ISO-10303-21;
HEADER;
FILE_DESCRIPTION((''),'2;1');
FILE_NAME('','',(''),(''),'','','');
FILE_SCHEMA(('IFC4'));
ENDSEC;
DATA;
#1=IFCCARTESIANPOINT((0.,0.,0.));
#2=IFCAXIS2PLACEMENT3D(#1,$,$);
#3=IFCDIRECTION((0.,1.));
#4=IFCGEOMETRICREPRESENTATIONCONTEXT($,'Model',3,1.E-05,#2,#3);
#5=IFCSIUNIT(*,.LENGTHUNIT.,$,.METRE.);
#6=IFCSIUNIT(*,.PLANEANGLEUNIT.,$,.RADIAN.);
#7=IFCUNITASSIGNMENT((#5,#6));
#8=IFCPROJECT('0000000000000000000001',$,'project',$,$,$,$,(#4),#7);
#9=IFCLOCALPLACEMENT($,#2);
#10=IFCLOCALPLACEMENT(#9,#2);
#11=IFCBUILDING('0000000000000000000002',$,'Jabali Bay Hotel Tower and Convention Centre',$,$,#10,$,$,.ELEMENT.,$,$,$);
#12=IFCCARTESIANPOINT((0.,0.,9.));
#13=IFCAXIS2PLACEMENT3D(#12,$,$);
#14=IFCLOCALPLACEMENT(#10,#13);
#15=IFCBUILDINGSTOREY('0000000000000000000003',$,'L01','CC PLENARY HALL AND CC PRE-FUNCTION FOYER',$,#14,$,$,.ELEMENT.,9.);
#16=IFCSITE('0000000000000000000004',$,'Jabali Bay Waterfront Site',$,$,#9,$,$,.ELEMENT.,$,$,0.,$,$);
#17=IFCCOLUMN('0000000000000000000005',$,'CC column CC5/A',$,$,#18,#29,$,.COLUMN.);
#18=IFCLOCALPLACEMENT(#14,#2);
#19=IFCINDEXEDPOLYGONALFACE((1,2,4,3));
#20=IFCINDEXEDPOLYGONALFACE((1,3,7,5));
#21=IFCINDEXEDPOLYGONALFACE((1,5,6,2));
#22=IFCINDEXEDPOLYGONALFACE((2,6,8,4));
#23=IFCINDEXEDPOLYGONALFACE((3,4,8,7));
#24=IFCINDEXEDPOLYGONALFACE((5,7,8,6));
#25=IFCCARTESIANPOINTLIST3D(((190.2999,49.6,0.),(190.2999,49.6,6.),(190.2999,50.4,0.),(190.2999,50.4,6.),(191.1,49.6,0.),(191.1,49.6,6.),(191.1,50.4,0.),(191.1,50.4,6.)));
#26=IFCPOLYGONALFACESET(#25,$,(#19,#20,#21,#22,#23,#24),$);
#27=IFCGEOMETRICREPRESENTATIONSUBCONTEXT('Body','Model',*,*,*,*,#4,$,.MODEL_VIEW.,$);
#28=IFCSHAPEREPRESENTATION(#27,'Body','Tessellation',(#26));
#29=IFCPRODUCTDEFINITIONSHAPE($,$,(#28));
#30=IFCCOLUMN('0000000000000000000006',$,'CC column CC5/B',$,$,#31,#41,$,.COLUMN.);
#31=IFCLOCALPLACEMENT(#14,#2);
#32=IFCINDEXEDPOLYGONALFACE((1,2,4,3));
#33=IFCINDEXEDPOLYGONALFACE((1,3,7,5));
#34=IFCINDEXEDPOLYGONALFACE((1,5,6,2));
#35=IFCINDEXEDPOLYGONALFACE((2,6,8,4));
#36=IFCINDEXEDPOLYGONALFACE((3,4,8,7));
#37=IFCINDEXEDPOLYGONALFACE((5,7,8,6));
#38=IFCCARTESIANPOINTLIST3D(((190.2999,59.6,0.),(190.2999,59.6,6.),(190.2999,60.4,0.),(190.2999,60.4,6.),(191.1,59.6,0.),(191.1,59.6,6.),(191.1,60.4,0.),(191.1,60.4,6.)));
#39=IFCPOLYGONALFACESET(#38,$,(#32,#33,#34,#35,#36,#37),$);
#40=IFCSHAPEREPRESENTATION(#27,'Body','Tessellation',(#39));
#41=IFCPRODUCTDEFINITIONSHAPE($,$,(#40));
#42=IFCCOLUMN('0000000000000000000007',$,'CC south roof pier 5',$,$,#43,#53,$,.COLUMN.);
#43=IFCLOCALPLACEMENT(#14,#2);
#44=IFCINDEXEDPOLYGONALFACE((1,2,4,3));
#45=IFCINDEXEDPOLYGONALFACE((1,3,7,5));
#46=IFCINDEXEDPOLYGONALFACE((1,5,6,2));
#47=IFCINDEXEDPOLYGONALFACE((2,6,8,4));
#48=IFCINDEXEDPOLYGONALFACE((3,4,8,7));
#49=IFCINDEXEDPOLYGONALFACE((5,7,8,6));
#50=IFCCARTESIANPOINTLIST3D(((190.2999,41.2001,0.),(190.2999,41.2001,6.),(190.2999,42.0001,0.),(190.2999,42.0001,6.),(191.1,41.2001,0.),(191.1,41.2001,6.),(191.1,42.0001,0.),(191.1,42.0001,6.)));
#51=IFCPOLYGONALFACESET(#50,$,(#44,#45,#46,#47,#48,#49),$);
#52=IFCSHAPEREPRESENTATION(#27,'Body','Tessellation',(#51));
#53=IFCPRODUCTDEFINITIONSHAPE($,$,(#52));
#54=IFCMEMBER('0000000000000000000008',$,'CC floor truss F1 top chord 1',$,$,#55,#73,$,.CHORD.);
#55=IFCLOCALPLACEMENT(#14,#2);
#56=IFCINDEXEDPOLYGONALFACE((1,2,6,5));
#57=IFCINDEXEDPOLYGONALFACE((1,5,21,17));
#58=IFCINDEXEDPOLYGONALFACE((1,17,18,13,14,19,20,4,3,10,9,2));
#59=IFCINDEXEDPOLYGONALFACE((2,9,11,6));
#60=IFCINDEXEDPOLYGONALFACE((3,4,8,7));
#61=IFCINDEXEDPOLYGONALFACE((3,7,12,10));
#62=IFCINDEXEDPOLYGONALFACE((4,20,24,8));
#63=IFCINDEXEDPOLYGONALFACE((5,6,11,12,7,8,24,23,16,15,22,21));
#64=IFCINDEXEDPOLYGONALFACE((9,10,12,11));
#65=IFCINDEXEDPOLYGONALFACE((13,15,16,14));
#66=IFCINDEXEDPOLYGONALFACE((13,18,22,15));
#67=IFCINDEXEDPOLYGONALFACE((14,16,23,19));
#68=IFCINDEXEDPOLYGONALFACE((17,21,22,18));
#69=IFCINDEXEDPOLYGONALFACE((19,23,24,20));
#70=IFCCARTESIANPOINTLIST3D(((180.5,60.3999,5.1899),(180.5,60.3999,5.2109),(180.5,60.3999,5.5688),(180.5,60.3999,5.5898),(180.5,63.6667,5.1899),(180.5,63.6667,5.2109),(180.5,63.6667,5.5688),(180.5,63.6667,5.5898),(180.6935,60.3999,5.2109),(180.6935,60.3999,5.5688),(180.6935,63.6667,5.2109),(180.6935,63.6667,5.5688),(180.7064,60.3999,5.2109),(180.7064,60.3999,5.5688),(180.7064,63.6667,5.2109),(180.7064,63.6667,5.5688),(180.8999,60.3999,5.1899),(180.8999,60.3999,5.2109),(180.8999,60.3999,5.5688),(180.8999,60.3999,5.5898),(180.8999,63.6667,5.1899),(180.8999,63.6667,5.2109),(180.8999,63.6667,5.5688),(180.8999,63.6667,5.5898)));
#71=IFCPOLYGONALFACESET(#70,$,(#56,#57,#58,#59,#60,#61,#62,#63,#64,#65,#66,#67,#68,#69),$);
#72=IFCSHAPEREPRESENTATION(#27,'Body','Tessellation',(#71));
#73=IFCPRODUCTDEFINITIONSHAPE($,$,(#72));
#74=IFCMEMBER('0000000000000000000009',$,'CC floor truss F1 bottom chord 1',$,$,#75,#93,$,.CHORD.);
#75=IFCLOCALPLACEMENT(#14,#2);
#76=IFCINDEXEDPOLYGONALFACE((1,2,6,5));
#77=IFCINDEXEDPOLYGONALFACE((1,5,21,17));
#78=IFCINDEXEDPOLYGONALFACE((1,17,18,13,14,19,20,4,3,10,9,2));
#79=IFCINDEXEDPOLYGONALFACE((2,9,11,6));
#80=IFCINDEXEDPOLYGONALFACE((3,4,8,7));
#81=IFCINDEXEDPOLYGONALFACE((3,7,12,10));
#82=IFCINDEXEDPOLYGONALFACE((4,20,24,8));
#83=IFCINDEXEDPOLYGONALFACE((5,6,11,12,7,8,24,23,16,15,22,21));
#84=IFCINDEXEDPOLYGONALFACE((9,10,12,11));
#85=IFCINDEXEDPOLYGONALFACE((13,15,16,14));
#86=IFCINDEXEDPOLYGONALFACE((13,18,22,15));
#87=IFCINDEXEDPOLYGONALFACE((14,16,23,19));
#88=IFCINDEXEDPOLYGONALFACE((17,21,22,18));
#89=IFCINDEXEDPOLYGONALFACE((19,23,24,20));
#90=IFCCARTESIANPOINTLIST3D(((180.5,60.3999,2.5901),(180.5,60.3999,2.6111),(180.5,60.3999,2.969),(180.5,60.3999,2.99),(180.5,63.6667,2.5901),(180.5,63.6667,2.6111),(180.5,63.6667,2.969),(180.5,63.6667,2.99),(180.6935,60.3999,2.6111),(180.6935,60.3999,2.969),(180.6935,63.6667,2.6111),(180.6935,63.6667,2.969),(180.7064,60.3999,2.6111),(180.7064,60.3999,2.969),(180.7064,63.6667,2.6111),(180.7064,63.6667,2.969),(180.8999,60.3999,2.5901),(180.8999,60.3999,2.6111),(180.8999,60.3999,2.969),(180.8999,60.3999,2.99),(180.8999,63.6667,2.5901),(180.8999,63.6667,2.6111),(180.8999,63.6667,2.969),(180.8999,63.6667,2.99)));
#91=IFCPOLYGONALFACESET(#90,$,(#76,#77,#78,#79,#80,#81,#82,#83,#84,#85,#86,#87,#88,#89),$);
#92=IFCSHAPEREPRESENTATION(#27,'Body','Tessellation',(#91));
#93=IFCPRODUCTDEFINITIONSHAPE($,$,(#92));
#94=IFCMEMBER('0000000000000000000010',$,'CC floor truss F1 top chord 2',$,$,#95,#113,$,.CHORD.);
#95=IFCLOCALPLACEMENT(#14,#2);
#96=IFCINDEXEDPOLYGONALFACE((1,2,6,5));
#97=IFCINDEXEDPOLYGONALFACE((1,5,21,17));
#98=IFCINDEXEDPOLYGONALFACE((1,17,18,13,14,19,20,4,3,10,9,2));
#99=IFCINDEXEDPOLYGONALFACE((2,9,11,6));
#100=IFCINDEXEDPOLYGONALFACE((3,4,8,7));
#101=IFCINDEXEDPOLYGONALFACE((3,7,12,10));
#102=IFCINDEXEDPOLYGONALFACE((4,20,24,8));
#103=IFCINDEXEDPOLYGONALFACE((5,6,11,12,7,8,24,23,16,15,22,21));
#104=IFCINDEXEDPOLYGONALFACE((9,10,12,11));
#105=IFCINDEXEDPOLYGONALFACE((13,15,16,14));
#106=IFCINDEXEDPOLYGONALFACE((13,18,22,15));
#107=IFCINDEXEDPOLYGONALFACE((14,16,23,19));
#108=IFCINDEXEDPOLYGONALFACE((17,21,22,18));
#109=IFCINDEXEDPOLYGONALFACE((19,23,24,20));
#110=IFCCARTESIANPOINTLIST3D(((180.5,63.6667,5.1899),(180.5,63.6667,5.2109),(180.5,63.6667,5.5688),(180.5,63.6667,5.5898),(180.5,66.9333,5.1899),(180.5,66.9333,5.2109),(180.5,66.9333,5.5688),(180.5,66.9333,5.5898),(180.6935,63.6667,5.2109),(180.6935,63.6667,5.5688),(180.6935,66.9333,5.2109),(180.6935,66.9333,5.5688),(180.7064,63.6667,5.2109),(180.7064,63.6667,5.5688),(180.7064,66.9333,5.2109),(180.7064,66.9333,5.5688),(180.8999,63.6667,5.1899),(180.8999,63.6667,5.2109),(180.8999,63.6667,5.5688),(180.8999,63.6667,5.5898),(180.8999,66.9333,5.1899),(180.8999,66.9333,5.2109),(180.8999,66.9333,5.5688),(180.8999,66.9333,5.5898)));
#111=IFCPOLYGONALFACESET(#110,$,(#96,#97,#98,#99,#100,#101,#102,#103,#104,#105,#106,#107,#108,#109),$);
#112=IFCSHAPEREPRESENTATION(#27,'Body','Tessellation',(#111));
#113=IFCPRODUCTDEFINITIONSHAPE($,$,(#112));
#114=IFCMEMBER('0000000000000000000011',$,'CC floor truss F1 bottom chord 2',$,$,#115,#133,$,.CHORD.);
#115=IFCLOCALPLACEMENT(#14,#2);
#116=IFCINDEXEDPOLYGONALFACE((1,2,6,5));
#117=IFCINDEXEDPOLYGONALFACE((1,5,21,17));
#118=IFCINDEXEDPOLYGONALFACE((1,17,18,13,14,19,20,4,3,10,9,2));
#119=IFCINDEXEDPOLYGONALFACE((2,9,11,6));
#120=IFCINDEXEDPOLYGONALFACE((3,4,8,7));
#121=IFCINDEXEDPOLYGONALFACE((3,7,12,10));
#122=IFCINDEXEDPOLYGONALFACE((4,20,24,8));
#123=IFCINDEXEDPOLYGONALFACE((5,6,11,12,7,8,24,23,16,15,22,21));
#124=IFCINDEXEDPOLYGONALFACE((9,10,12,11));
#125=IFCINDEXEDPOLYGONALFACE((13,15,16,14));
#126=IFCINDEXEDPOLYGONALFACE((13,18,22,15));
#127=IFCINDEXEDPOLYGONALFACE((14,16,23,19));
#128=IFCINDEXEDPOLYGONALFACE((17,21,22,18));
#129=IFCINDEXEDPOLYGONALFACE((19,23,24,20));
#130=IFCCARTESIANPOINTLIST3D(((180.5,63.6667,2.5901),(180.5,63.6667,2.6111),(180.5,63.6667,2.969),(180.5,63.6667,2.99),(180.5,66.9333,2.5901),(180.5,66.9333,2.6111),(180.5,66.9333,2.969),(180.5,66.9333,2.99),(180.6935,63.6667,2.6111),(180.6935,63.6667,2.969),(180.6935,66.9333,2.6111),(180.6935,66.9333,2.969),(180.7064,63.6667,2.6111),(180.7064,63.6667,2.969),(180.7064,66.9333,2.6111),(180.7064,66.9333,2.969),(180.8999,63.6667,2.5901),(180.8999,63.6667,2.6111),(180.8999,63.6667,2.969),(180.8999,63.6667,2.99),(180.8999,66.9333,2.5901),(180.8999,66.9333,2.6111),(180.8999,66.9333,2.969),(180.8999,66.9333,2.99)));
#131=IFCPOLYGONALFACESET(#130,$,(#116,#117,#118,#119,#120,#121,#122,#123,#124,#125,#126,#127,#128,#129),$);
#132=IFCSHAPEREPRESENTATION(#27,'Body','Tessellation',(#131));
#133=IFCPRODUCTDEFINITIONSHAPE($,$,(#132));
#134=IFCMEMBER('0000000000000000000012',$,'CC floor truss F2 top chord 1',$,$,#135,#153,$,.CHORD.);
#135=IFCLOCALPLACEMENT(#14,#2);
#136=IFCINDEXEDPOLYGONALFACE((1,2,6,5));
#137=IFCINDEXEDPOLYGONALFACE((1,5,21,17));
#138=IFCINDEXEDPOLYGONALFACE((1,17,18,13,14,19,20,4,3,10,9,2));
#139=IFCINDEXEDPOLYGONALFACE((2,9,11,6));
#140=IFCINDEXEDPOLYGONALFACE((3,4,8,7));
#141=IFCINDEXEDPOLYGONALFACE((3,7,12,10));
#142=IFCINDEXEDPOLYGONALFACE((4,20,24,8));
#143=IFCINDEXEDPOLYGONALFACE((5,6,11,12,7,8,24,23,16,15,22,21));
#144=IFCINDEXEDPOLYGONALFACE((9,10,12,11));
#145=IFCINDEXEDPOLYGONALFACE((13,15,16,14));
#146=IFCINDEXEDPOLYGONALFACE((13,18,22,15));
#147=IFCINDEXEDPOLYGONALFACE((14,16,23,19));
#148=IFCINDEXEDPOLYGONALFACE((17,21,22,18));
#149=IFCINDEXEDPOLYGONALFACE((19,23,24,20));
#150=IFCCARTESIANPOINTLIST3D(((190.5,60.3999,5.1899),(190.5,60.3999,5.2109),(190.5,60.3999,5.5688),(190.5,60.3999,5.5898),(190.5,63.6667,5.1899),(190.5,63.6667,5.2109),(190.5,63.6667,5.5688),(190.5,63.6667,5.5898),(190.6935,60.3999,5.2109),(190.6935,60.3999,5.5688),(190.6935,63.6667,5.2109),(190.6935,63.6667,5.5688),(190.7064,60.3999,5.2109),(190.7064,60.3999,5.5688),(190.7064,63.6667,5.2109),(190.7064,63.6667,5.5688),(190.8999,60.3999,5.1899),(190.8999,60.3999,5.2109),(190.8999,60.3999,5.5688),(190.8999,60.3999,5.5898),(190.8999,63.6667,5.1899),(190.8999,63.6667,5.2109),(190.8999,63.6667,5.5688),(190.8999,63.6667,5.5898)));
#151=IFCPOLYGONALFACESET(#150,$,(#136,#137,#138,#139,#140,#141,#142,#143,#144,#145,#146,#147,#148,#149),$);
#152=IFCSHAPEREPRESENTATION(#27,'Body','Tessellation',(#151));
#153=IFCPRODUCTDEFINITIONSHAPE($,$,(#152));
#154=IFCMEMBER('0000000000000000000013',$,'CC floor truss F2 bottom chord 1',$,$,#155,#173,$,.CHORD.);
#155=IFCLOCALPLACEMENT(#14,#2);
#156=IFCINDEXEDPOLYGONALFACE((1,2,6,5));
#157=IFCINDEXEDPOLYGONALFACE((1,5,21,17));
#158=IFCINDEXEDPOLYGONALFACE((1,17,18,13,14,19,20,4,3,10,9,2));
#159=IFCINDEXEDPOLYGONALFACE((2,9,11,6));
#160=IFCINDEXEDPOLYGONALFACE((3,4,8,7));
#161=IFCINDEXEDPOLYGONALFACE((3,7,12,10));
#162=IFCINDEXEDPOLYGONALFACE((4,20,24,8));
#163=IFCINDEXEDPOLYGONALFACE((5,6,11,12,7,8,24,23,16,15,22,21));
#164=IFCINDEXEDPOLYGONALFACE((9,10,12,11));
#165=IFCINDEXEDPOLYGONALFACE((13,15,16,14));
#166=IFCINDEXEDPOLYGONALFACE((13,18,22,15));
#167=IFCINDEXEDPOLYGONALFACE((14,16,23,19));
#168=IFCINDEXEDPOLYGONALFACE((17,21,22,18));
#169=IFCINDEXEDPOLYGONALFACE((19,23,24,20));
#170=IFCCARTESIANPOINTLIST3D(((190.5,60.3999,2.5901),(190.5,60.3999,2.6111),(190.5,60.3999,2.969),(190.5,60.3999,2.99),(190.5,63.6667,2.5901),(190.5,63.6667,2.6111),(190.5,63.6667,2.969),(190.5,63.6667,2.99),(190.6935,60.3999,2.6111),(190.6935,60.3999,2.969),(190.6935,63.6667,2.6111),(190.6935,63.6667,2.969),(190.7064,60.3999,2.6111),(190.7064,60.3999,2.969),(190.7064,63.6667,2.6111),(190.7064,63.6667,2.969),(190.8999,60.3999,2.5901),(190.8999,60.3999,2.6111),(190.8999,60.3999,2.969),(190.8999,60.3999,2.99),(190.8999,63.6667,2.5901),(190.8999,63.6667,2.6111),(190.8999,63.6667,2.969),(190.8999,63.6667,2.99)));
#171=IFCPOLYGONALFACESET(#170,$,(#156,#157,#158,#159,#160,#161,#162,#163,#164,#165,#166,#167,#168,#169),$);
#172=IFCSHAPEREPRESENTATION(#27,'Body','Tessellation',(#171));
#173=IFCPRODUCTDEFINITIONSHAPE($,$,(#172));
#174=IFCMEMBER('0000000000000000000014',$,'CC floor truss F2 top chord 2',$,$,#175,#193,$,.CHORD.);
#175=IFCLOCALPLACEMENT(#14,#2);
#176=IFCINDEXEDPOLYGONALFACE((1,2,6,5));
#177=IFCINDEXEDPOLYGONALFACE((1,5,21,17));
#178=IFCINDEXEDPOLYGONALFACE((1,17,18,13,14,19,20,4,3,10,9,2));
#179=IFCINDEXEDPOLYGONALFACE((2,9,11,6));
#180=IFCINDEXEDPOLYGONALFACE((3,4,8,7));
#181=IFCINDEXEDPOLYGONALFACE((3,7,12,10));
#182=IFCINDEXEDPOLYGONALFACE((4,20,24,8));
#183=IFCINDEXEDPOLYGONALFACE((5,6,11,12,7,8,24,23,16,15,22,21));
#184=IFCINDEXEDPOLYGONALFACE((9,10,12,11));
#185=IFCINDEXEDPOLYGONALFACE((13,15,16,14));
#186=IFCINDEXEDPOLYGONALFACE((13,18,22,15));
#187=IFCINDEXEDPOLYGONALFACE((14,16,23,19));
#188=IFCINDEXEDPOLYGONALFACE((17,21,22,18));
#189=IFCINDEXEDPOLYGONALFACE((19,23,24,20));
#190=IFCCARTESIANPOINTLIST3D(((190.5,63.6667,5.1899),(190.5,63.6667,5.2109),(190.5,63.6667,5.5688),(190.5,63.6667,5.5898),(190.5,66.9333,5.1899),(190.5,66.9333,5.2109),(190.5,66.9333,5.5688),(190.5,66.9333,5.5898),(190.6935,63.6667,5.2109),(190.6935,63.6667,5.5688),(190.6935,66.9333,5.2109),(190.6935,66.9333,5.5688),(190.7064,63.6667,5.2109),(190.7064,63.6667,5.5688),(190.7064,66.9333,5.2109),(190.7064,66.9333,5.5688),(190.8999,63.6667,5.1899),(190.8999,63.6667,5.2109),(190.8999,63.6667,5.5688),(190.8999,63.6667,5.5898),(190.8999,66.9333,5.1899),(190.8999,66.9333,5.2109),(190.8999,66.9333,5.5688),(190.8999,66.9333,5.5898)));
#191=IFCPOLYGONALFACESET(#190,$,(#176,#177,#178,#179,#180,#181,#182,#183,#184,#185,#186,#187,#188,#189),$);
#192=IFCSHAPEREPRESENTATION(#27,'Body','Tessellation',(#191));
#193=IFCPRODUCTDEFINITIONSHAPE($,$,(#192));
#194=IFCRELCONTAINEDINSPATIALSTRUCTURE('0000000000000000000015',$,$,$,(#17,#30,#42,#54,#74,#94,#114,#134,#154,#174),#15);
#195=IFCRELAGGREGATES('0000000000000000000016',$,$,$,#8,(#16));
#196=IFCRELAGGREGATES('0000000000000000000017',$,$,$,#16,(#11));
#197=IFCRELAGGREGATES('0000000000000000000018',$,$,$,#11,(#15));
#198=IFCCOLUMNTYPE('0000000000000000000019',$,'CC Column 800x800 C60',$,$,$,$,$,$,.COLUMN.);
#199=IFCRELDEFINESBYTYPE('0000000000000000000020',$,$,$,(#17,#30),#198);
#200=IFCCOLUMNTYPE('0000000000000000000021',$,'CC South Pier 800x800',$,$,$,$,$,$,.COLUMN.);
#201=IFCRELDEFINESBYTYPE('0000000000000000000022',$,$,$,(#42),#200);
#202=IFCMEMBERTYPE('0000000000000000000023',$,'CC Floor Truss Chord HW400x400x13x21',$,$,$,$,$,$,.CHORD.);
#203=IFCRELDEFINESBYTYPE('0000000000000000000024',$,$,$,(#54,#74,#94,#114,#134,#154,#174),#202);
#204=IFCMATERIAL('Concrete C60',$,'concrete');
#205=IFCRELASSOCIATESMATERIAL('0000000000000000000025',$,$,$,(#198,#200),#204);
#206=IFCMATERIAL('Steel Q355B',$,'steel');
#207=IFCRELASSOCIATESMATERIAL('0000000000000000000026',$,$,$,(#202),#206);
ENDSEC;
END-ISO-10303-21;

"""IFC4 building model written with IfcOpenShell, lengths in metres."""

from ifc_helpers import new_model, si_unit, direction, frame, origin, origin_2d, place, context, subcontext, project, spatial, rectangle, i_section, extrude, material, material_profile, profile_set, type_object, element, save


model = new_model("IFC4")

# Units and contexts
model_context = context("Model", 3, precision=1e-05, world=origin(), true_north=direction((0.0, 1.0)))
body_context = subcontext(model_context, "Body", "Model", "MODEL_VIEW")
ifc_project = project(units=[si_unit("LENGTHUNIT", "METRE"), si_unit("PLANEANGLEUNIT", "RADIAN")], contexts=[model_context])

# Site, building, storey
site_placement = place(None, origin())
site = spatial("IfcSite", under=ifc_project, at=site_placement, Name="Jabali Bay Waterfront Site", CompositionType="ELEMENT", RefElevation=0.0)
building_placement = place(site_placement, origin())
building = spatial("IfcBuilding", under=site, at=building_placement, Name="Jabali Bay Hotel Tower and Convention Centre", CompositionType="ELEMENT")
storey_placement = place(building_placement, frame((0.0, 0.0, 9.0)))
storey = spatial("IfcBuildingStorey", under=building, at=storey_placement, Name="L01", Description="CC PLENARY HALL AND CC PRE-FUNCTION FOYER", CompositionType="ELEMENT", Elevation=9.0)

# Columns
ifc_material_1 = material(Name="Concrete C60", Category="concrete")
ifc_material_profile_1 = material_profile(ifc_material_1, rectangle(XDim=0.8, YDim=0.8, at=origin_2d()), Name="RC 800x800")
ifc_profile_set_1 = profile_set([ifc_material_profile_1], Name="Concrete C60")
column_type_1 = type_object("IfcColumnType", Name="CC Column 800x800 C60", PredefinedType="COLUMN", material=ifc_profile_set_1)
for number, where, z_axis, x_axis, name in (
    (1, (190.7, 50.0, 0.0), (0.0, 0.0, 1.0), (1.0, 0.0, 0.0), "CC column CC5/A"),
    (2, (190.7, 60.0, 0.0), (0.0, 0.0, 1.0), (1.0, 0.0, 0.0), "CC column CC5/B"),
):
    element("IfcColumn", number, at=place(storey_placement, frame(where, z_axis=z_axis, x_axis=x_axis)), inside=storey, type_object=column_type_1, Name=name, PredefinedType="COLUMN", context=body_context, shape_type="SweptSolid", body=[
        extrude(rectangle(XDim=0.8, YDim=0.8, at=origin_2d()), origin(), (0.0, 0.0, 1.0), 6.0),
    ])
ifc_material_profile_2 = material_profile(ifc_material_1, rectangle(XDim=0.8, YDim=0.8, at=origin_2d()), Name="RC 800x800")
ifc_profile_set_2 = profile_set([ifc_material_profile_2], Name="Concrete C60")
column_type_2 = type_object("IfcColumnType", Name="CC South Pier 800x800", PredefinedType="COLUMN", material=ifc_profile_set_2)
column_placement = place(storey_placement, frame((190.7, 41.6001, 0.0), z_axis=(0.0, 0.0, 1.0), x_axis=(1.0, 0.0, 0.0)))
element("IfcColumn", 3, at=column_placement, inside=storey, type_object=column_type_2, Name="CC south roof pier 5", PredefinedType="COLUMN", context=body_context, shape_type="SweptSolid", body=[
    extrude(rectangle(XDim=0.8, YDim=0.8, at=origin_2d()), origin(), (0.0, 0.0, 1.0), 6.0),
])

# Members
ifc_material_2 = material(Name="Steel Q355B", Category="steel")
ifc_material_profile_3 = material_profile(ifc_material_2, i_section(OverallWidth=0.3999, OverallDepth=0.3999, WebThickness=0.0129, FlangeThickness=0.021, at=origin_2d()), Name="HW400x400x13x21")
ifc_profile_set_3 = profile_set([ifc_material_profile_3], Name="Steel Q355B")
member_type_1 = type_object("IfcMemberType", Name="CC Floor Truss Chord HW400x400x13x21", PredefinedType="CHORD", material=ifc_profile_set_3)
for number, where, z_axis, x_axis, name in (
    (4, (180.7, 60.3999, 5.3899), (0.0, 1.0, 0.0), (-1.0, 0.0, 0.0), "CC floor truss F1 top chord 1"),
    (5, (180.7, 60.3999, 2.79), (0.0, 1.0, 0.0), (-1.0, 0.0, 0.0), "CC floor truss F1 bottom chord 1"),
):
    element("IfcMember", number, at=place(storey_placement, frame(where, z_axis=z_axis, x_axis=x_axis)), inside=storey, type_object=member_type_1, Name=name, PredefinedType="CHORD", context=body_context, shape_type="SweptSolid", body=[
        extrude(i_section(OverallWidth=0.3999, OverallDepth=0.3999, WebThickness=0.0129, FlangeThickness=0.021, at=origin_2d()), origin(), (0.0, 0.0, 1.0), 3.2668),
    ])
for number, where, z_axis, x_axis, name in (
    (6, (180.7, 63.6667, 5.3899), (0.0, 1.0, 0.0), (-1.0, 0.0, 0.0), "CC floor truss F1 top chord 2"),
    (7, (180.7, 63.6667, 2.79), (0.0, 1.0, 0.0), (-1.0, 0.0, 0.0), "CC floor truss F1 bottom chord 2"),
):
    element("IfcMember", number, at=place(storey_placement, frame(where, z_axis=z_axis, x_axis=x_axis)), inside=storey, type_object=member_type_1, Name=name, PredefinedType="CHORD", context=body_context, shape_type="SweptSolid", body=[
        extrude(i_section(OverallWidth=0.3999, OverallDepth=0.3999, WebThickness=0.0129, FlangeThickness=0.021, at=origin_2d()), origin(), (0.0, 0.0, 1.0), 3.2666),
    ])
for number, where, z_axis, x_axis, name in (
    (8, (190.7, 60.3999, 5.3899), (0.0, 1.0, 0.0), (-1.0, 0.0, 0.0), "CC floor truss F2 top chord 1"),
    (9, (190.7, 60.3999, 2.79), (0.0, 1.0, 0.0), (-1.0, 0.0, 0.0), "CC floor truss F2 bottom chord 1"),
):
    element("IfcMember", number, at=place(storey_placement, frame(where, z_axis=z_axis, x_axis=x_axis)), inside=storey, type_object=member_type_1, Name=name, PredefinedType="CHORD", context=body_context, shape_type="SweptSolid", body=[
        extrude(i_section(OverallWidth=0.3999, OverallDepth=0.3999, WebThickness=0.0129, FlangeThickness=0.021, at=origin_2d()), origin(), (0.0, 0.0, 1.0), 3.2668),
    ])
for number, where, z_axis, x_axis, name in (
    (10, (190.7, 63.6667, 5.3899), (0.0, 1.0, 0.0), (-1.0, 0.0, 0.0), "CC floor truss F2 top chord 2"),
):
    element("IfcMember", number, at=place(storey_placement, frame(where, z_axis=z_axis, x_axis=x_axis)), inside=storey, type_object=member_type_1, Name=name, PredefinedType="CHORD", context=body_context, shape_type="SweptSolid", body=[
        extrude(i_section(OverallWidth=0.3999, OverallDepth=0.3999, WebThickness=0.0129, FlangeThickness=0.021, at=origin_2d()), origin(), (0.0, 0.0, 1.0), 3.2666),
    ])

save(model, "model.ifc")
